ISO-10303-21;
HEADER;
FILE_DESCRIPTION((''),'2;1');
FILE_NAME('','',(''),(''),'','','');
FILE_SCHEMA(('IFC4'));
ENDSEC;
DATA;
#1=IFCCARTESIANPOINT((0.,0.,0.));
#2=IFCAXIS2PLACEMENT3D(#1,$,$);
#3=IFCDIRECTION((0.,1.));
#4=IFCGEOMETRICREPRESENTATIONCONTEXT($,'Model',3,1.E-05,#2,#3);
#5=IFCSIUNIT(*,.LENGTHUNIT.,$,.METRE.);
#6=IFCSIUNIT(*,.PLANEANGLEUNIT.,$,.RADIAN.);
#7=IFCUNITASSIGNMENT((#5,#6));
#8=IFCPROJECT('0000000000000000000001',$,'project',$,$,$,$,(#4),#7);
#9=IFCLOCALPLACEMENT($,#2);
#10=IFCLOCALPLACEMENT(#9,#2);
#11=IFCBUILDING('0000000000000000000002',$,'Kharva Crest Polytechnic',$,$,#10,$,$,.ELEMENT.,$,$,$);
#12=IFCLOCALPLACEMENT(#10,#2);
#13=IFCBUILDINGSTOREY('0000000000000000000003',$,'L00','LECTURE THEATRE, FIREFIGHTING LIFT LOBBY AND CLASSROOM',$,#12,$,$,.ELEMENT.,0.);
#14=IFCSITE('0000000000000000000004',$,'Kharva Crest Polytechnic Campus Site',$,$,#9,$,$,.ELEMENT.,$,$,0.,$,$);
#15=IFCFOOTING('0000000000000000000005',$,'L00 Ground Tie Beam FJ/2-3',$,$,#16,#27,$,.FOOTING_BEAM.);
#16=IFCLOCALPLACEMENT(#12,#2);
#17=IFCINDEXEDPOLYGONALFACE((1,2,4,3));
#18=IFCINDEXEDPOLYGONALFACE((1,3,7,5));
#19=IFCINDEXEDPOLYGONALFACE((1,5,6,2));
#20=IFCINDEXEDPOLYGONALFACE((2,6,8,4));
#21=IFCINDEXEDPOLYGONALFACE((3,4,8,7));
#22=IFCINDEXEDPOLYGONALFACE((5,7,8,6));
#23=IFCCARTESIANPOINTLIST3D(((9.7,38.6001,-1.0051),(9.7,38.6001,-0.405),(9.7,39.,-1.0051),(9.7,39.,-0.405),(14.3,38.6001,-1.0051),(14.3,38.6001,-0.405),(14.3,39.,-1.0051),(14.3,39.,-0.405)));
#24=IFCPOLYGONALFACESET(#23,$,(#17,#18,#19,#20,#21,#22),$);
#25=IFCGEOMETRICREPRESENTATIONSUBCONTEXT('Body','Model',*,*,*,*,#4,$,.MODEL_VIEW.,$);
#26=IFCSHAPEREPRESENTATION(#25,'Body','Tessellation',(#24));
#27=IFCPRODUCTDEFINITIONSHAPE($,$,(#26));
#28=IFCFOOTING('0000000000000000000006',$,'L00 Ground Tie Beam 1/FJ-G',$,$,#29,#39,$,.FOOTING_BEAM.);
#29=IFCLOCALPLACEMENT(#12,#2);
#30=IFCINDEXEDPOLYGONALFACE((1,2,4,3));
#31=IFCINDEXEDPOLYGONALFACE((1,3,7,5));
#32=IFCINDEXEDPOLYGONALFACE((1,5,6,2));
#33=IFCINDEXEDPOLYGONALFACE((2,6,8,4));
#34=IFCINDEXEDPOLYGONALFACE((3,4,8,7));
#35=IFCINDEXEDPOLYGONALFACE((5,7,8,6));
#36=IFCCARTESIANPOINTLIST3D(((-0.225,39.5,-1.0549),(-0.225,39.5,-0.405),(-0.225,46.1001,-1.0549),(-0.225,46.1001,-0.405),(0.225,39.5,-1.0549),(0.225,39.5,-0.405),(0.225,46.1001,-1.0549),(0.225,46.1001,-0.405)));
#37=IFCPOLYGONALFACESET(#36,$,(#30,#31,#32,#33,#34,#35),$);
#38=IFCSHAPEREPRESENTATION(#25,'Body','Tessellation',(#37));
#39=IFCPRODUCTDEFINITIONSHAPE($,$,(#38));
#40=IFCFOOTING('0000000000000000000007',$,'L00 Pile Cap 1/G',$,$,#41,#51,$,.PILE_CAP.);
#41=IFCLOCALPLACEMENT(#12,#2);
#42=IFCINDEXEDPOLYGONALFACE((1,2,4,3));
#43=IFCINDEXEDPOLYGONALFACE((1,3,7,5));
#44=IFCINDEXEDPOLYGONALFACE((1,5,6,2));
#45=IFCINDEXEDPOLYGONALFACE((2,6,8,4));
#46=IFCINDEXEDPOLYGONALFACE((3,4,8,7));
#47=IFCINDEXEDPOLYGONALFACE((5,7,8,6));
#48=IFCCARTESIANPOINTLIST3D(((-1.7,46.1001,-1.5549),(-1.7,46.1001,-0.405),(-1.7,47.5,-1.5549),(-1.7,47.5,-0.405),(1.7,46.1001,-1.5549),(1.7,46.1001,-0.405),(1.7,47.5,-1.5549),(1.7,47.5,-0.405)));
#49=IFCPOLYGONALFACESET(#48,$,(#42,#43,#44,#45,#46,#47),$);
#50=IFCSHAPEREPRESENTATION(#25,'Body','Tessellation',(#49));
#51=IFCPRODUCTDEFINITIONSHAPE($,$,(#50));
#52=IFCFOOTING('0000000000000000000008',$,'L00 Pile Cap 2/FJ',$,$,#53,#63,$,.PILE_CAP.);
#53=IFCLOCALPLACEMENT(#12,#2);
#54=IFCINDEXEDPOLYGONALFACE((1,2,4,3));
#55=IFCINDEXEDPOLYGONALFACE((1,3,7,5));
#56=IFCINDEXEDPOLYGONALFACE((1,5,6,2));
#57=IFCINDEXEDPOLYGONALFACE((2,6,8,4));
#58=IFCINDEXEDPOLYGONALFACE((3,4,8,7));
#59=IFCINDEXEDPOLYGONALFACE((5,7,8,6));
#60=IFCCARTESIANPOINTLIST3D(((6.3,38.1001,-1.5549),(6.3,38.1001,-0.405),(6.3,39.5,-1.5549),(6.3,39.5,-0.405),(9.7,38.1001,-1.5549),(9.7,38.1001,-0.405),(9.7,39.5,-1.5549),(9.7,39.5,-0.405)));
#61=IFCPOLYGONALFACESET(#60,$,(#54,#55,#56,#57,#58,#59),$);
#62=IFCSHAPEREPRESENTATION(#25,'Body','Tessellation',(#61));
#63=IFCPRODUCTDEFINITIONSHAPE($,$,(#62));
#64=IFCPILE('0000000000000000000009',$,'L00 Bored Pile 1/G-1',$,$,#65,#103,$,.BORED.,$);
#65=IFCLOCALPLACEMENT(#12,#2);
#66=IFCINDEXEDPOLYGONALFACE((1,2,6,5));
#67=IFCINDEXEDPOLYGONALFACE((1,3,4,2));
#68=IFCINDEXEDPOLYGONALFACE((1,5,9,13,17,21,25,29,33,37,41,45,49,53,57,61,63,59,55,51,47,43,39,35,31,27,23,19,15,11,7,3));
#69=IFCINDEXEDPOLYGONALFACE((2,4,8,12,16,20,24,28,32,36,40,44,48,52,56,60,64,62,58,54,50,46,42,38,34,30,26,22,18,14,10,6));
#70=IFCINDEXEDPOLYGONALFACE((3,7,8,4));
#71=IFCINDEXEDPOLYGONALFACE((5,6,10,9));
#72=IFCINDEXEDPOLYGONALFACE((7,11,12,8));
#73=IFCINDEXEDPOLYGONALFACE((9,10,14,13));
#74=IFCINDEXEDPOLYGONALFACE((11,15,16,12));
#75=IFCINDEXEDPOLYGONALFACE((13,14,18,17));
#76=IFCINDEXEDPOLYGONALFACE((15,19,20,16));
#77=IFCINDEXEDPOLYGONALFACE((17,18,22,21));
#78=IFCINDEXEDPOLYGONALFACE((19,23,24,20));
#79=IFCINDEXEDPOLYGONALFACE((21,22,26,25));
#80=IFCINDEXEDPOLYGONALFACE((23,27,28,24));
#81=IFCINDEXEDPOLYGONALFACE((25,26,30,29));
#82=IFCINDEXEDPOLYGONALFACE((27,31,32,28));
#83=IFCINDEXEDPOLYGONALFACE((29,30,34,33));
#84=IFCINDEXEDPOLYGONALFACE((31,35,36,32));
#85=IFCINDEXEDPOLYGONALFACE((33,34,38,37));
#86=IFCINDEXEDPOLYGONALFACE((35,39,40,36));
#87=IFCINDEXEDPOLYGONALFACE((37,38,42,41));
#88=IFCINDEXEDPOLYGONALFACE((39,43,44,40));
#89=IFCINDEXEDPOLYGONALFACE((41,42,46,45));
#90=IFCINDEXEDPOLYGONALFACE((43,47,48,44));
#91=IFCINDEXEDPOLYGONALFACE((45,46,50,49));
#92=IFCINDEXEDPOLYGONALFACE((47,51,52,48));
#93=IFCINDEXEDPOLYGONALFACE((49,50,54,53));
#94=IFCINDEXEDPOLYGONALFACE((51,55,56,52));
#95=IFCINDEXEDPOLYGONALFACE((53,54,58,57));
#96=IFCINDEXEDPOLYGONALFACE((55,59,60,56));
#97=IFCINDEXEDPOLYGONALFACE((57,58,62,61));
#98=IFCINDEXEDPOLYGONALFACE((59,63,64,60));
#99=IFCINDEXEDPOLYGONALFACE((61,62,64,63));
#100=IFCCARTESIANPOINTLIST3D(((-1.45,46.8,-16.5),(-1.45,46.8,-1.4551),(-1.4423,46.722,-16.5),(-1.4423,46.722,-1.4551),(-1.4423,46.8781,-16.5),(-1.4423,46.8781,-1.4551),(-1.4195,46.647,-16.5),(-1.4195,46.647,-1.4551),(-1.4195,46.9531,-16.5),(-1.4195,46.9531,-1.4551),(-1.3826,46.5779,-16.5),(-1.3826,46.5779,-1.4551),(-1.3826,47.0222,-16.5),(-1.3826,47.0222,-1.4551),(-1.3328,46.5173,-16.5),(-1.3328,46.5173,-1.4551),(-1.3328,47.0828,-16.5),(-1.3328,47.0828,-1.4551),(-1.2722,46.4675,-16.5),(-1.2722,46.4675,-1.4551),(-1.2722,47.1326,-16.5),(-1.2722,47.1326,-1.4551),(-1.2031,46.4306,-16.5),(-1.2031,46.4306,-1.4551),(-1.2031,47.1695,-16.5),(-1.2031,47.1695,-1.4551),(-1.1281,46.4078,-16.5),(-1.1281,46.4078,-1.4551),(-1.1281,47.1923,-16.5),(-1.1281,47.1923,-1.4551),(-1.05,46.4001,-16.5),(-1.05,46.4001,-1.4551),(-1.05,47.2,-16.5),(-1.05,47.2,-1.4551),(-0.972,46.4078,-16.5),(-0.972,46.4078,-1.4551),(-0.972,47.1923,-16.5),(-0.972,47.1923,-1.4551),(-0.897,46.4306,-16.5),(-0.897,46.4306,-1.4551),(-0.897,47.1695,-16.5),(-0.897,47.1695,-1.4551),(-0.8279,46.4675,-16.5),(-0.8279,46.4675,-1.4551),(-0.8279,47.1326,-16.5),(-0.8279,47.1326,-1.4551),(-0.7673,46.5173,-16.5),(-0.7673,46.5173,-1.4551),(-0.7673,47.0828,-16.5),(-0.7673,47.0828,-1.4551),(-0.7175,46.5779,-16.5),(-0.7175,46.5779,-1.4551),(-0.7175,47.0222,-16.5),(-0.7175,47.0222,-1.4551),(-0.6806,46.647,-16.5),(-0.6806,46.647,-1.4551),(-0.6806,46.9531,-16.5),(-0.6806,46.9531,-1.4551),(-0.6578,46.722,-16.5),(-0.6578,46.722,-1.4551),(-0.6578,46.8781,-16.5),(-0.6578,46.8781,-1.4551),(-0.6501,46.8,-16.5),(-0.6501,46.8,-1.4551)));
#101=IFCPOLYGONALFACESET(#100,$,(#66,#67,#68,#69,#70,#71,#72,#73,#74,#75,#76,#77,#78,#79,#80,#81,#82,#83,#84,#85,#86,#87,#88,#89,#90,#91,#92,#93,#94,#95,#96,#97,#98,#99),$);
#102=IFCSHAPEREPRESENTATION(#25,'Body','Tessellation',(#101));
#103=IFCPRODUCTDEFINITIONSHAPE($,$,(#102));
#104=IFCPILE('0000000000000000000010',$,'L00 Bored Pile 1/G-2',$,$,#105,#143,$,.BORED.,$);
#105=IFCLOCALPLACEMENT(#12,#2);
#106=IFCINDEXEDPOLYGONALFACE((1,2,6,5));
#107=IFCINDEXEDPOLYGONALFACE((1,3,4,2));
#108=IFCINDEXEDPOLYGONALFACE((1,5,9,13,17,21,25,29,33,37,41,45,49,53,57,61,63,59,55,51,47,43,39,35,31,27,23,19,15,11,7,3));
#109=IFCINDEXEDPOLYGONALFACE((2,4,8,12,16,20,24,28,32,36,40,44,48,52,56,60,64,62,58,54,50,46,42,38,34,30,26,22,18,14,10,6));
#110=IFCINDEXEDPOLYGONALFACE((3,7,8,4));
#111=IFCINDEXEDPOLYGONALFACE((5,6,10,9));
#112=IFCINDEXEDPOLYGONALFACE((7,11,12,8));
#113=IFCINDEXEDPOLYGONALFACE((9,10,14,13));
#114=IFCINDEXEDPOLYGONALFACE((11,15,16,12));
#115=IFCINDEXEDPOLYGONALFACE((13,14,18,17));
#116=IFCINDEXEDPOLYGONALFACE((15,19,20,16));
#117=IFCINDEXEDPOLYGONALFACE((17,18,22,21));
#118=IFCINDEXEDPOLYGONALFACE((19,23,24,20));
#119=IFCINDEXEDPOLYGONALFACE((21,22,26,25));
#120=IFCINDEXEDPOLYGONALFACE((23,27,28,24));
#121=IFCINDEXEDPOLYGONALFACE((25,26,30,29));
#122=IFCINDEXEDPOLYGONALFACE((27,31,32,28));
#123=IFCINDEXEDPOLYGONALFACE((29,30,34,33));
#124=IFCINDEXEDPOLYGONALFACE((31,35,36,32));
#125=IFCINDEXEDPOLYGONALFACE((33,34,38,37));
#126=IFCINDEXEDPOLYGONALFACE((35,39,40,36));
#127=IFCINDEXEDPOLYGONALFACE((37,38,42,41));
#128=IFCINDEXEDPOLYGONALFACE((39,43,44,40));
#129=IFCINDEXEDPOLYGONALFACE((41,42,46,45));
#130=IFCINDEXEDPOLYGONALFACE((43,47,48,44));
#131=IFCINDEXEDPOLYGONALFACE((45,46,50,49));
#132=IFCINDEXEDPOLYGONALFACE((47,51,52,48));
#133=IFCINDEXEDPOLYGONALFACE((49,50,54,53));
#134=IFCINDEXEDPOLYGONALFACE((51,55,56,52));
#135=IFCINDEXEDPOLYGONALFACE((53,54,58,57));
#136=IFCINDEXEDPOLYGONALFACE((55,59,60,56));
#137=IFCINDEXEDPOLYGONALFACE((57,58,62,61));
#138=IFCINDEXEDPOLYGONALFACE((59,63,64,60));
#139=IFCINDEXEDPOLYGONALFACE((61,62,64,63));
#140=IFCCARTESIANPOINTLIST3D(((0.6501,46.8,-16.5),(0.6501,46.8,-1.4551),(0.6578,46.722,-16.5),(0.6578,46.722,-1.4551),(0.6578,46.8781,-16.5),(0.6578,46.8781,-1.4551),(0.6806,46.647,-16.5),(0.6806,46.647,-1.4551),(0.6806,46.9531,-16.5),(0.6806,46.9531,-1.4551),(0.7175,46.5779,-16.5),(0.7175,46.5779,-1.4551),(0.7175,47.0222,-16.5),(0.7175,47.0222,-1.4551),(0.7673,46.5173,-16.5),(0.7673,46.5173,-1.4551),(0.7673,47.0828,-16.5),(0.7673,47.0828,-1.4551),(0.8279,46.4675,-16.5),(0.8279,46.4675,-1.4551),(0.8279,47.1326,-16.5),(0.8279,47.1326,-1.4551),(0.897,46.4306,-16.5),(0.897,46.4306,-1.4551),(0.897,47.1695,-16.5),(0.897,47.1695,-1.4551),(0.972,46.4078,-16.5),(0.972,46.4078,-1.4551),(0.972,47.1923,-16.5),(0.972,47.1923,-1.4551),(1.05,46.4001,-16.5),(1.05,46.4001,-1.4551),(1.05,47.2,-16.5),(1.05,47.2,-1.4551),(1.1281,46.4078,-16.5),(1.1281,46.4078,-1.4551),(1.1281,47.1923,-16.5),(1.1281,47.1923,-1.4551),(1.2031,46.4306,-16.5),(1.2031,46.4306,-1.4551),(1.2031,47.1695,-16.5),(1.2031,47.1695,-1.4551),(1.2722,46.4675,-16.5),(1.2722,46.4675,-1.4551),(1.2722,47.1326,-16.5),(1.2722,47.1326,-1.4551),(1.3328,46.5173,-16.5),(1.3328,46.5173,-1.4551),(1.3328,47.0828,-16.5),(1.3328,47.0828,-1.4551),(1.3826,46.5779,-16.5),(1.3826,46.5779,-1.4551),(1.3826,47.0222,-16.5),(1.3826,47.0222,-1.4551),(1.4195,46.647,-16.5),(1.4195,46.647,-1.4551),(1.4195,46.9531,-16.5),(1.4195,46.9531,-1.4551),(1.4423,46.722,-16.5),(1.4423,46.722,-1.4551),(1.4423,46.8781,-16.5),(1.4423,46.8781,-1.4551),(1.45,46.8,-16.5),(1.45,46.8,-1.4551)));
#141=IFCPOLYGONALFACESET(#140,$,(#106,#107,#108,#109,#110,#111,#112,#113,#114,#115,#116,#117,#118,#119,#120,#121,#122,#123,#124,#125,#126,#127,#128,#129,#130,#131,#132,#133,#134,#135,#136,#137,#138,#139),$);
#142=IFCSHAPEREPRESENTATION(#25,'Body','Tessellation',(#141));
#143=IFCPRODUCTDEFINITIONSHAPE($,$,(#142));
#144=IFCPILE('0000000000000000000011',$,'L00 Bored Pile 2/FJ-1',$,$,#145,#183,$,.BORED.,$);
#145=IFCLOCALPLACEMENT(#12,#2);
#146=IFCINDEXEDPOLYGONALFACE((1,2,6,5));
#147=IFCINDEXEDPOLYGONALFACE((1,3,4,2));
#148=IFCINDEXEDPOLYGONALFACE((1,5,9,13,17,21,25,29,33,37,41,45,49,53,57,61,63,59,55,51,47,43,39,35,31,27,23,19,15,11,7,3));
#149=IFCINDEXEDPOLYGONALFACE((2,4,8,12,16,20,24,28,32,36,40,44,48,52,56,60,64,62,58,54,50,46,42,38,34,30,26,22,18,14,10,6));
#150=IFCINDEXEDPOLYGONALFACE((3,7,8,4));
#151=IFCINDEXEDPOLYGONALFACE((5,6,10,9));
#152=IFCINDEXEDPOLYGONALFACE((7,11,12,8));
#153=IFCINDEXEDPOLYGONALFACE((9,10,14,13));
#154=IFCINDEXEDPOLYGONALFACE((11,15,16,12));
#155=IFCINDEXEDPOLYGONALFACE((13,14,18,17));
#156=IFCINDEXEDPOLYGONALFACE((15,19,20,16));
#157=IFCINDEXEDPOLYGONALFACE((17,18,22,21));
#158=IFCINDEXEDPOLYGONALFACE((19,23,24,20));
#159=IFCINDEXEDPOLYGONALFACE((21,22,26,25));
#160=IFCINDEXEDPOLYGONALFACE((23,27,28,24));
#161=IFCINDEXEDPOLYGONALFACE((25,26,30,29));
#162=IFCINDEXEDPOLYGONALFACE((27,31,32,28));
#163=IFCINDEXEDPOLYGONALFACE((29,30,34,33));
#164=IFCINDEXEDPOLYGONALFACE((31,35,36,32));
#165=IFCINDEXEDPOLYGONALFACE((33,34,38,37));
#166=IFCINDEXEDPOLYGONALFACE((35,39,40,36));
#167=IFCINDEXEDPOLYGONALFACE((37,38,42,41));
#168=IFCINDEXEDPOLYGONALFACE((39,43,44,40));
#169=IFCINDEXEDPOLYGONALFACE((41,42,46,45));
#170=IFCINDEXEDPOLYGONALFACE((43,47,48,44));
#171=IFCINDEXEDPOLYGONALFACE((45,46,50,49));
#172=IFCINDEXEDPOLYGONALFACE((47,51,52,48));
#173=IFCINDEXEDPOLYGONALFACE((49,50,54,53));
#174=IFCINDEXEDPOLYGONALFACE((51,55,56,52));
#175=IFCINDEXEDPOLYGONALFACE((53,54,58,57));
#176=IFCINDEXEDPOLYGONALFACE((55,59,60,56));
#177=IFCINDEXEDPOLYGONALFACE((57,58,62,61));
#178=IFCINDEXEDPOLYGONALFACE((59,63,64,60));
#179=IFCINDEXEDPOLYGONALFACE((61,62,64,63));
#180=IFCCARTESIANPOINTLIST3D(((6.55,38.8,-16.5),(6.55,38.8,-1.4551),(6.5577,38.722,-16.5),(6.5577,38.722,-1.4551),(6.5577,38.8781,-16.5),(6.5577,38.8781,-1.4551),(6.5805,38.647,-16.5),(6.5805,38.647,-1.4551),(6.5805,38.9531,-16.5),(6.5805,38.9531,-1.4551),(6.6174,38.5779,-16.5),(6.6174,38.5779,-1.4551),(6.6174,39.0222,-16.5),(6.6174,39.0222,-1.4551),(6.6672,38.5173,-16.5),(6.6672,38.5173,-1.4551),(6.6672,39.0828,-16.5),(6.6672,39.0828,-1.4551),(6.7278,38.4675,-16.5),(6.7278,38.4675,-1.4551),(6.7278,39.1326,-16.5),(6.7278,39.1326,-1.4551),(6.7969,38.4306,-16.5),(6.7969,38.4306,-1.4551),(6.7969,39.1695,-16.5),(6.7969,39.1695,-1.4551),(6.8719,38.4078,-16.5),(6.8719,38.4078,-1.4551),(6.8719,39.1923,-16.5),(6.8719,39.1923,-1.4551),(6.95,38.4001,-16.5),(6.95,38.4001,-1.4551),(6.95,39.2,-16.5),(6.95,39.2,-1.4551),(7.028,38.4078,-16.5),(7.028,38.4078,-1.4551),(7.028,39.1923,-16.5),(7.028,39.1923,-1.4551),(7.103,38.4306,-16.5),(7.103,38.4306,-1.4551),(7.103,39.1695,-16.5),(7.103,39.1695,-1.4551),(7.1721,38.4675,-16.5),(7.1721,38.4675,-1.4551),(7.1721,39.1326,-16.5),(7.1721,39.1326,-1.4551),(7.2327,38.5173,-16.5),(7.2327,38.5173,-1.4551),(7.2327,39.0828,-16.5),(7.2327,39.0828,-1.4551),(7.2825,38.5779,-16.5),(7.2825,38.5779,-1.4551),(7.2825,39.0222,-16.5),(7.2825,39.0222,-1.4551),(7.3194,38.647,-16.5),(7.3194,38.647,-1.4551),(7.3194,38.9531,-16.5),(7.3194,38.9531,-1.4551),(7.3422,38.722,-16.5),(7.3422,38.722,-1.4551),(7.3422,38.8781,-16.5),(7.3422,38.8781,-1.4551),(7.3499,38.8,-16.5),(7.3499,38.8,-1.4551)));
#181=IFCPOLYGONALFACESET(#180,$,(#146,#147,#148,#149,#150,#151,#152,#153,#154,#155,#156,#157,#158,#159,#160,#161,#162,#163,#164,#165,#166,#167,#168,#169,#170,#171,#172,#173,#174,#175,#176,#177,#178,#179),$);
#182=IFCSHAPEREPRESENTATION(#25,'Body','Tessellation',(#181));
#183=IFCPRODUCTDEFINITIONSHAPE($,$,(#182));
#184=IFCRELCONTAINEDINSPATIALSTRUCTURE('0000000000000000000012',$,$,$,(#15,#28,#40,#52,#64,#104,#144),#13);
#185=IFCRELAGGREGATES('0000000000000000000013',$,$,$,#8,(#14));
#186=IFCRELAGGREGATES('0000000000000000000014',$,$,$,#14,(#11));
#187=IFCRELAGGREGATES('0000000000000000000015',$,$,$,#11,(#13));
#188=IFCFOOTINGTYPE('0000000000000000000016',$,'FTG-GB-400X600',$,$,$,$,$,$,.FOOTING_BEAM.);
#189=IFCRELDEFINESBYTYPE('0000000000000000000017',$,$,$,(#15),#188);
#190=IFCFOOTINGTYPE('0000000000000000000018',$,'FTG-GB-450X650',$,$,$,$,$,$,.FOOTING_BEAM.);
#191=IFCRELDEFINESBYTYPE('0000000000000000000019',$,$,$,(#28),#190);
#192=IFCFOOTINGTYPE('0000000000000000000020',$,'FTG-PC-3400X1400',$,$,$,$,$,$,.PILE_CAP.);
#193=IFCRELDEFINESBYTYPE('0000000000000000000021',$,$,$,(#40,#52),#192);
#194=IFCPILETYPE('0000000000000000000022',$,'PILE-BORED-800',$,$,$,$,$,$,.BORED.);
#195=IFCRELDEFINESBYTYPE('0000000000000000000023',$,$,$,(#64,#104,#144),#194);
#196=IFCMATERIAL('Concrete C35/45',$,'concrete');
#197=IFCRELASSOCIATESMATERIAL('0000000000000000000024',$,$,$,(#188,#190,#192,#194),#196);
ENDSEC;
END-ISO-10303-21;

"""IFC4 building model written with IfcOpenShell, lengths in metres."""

from ifc_helpers import new_model, si_unit, direction, frame, origin, origin_2d, place, context, subcontext, project, spatial, rectangle, circle, extrude, material, material_profile, profile_set, type_object, element, save


model = new_model("IFC4")

# Units and contexts
model_context = context("Model", 3, precision=1e-05, world=origin(), true_north=direction((0.0, 1.0)))
body_context = subcontext(model_context, "Body", "Model", "MODEL_VIEW")
ifc_project = project(units=[si_unit("LENGTHUNIT", "METRE"), si_unit("PLANEANGLEUNIT", "RADIAN")], contexts=[model_context])

# Site, building, storey
site_placement = place(None, origin())
site = spatial("IfcSite", under=ifc_project, at=site_placement, Name="Kharva Crest Polytechnic Campus Site", CompositionType="ELEMENT", RefElevation=0.0)
building_placement = place(site_placement, origin())
building = spatial("IfcBuilding", under=site, at=building_placement, Name="Kharva Crest Polytechnic", CompositionType="ELEMENT")
storey_placement = place(building_placement, origin())
storey = spatial("IfcBuildingStorey", under=building, at=storey_placement, Name="L00", Description="LECTURE THEATRE, FIREFIGHTING LIFT LOBBY AND CLASSROOM", CompositionType="ELEMENT", Elevation=0.0)

# Footings
ifc_material_1 = material(Name="Concrete C35/45", Category="concrete")
footing_type_1 = type_object("IfcFootingType", Name="FTG-GB-400X600", PredefinedType="FOOTING_BEAM", material=ifc_material_1)
footing_1_placement = place(storey_placement, frame((12.0, 38.8, -1.0051), z_axis=(0.0, 0.0, 1.0), x_axis=(1.0, 0.0, 0.0)))
element("IfcFooting", 1, at=footing_1_placement, inside=storey, type_object=footing_type_1, Name="L00 Ground Tie Beam FJ/2-3", PredefinedType="FOOTING_BEAM", context=body_context, shape_type="SweptSolid", body=[
    extrude(rectangle(XDim=4.6001, YDim=0.3999, at=origin_2d()), origin(), (0.0, 0.0, 1.0), 0.6001),
])
footing_type_2 = type_object("IfcFootingType", Name="FTG-GB-450X650", PredefinedType="FOOTING_BEAM", material=ifc_material_1)
footing_2_placement = place(storey_placement, frame((0.0, 42.8, -1.0549), z_axis=(0.0, 0.0, 1.0), x_axis=(0.0, 1.0, 0.0)))
element("IfcFooting", 2, at=footing_2_placement, inside=storey, type_object=footing_type_2, Name="L00 Ground Tie Beam 1/FJ-G", PredefinedType="FOOTING_BEAM", context=body_context, shape_type="SweptSolid", body=[
    extrude(rectangle(XDim=6.6001, YDim=0.45, at=origin_2d()), origin(), (0.0, 0.0, 1.0), 0.6499),
])
footing_type_3 = type_object("IfcFootingType", Name="FTG-PC-3400X1400", PredefinedType="PILE_CAP", material=ifc_material_1)
for number, where, z_axis, x_axis, name in (
    (3, (0.0, 46.8, -1.5549), (0.0, 0.0, 1.0), (1.0, 0.0, 0.0), "L00 Pile Cap 1/G"),
    (4, (8.0, 38.8, -1.5549), (0.0, 0.0, 1.0), (1.0, 0.0, 0.0), "L00 Pile Cap 2/FJ"),
):
    element("IfcFooting", number, at=place(storey_placement, frame(where, z_axis=z_axis, x_axis=x_axis)), inside=storey, type_object=footing_type_3, Name=name, PredefinedType="PILE_CAP", context=body_context, shape_type="SweptSolid", body=[
        extrude(rectangle(XDim=3.3999, YDim=1.3999, at=origin_2d()), origin(), (0.0, 0.0, 1.0), 1.1499),
    ])

# Piles
ifc_material_profile_1 = material_profile(ifc_material_1, circle(Radius=0.3999, at=origin_2d()), Name="DIA 800")
ifc_profile_set_1 = profile_set([ifc_material_profile_1], Name="Concrete C35/45")
pile_type = type_object("IfcPileType", Name="PILE-BORED-800", PredefinedType="BORED", material=ifc_profile_set_1)
for number, where, z_axis, x_axis, name in (
    (5, (-1.05, 46.8, -1.4551), (0.0, 0.0, -1.0), (1.0, 0.0, 0.0), "L00 Bored Pile 1/G-1"),
    (6, (1.05, 46.8, -1.4551), (0.0, 0.0, -1.0), (1.0, 0.0, 0.0), "L00 Bored Pile 1/G-2"),
    (7, (6.95, 38.8, -1.4551), (0.0, 0.0, -1.0), (1.0, 0.0, 0.0), "L00 Bored Pile 2/FJ-1"),
):
    element("IfcPile", number, at=place(storey_placement, frame(where, z_axis=z_axis, x_axis=x_axis)), inside=storey, type_object=pile_type, Name=name, PredefinedType="BORED", context=body_context, shape_type="SweptSolid", body=[
        extrude(circle(Radius=0.3999, at=origin_2d()), origin(), (0.0, 0.0, 1.0), 15.0449),
    ])

save(model, "model.ifc")
